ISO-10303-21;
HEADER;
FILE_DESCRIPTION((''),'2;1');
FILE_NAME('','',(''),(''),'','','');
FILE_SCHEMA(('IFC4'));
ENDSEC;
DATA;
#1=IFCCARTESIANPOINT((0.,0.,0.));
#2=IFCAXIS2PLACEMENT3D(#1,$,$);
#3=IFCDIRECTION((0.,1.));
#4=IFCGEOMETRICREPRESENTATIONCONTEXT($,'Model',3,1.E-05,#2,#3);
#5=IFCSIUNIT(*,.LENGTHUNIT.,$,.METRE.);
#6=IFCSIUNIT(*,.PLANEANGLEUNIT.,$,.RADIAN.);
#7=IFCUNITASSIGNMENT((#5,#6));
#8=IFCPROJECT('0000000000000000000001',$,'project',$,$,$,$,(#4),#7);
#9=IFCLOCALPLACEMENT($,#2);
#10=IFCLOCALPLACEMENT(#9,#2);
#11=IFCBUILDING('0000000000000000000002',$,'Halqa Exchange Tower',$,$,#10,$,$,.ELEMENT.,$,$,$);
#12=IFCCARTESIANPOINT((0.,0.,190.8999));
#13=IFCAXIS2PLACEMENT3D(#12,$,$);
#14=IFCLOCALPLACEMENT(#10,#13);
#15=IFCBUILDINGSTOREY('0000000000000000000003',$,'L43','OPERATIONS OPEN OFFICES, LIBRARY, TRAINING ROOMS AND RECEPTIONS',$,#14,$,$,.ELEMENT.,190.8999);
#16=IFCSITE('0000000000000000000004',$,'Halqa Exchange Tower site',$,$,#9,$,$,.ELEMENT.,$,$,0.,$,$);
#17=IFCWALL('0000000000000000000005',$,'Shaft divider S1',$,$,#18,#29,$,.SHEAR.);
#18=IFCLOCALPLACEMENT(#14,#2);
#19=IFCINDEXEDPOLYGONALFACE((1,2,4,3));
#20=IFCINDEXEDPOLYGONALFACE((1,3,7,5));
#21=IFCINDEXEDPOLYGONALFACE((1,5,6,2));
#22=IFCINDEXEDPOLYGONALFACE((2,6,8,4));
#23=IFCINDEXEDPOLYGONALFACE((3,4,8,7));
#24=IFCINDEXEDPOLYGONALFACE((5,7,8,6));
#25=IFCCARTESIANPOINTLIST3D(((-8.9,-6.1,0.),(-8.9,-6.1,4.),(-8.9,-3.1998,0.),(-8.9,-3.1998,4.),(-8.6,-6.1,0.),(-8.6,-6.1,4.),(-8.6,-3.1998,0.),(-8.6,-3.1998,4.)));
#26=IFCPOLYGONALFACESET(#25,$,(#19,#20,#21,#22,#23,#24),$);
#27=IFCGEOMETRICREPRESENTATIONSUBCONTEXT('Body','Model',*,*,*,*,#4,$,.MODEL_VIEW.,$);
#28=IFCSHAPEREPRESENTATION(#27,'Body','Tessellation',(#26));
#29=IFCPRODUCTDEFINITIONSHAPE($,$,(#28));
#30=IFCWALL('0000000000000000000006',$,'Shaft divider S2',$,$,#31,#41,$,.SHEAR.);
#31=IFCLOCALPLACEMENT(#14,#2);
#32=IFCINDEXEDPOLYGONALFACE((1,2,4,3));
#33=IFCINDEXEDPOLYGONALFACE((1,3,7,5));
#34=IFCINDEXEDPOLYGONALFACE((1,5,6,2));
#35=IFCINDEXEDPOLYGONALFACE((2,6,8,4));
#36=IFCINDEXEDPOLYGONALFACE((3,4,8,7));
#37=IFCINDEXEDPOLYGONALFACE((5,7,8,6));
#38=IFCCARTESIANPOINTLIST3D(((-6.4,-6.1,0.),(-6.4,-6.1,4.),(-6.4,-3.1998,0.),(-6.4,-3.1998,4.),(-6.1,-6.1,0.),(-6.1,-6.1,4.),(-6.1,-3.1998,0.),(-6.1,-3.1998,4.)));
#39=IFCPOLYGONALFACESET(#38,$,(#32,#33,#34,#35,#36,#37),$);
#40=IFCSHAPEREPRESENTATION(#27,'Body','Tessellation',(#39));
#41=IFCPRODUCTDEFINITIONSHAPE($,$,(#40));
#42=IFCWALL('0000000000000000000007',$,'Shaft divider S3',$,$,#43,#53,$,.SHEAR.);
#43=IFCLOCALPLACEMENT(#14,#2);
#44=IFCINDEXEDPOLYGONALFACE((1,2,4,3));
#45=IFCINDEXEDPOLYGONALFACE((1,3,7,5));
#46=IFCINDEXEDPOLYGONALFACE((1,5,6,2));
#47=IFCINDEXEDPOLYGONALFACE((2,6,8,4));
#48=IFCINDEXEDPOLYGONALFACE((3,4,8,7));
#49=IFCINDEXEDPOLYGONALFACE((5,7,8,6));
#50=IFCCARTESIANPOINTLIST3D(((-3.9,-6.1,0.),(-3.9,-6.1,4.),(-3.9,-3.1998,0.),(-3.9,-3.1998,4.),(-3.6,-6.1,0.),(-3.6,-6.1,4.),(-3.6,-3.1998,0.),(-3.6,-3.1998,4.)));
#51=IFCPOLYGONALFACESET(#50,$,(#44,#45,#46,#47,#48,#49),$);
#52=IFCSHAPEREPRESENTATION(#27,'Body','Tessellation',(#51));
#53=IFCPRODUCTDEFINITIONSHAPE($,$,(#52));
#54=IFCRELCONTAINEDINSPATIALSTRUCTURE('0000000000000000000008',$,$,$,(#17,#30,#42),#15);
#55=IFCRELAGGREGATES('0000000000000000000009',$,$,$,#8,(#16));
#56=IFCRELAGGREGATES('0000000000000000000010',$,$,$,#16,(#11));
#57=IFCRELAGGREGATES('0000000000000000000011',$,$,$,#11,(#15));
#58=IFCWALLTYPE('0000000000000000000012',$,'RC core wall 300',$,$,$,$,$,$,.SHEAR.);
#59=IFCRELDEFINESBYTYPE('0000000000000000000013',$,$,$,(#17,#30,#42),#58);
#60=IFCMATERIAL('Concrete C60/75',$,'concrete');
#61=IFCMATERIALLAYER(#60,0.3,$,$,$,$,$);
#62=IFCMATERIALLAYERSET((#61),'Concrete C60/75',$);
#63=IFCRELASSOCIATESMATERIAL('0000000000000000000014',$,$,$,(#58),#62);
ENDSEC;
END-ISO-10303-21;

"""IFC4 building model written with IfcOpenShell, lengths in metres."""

from ifc_helpers import new_model, si_unit, direction, frame, frame_2d, origin, place, context, subcontext, project, spatial, rectangle, extrude, material, layer, layer_set, type_object, element, save


model = new_model("IFC4")

# Units and contexts
model_context = context("Model", 3, precision=1e-05, world=origin(), true_north=direction((0.0, 1.0)))
body_context = subcontext(model_context, "Body", "Model", "MODEL_VIEW")
ifc_project = project(units=[si_unit("LENGTHUNIT", "METRE"), si_unit("PLANEANGLEUNIT", "RADIAN")], contexts=[model_context])

# Site, building, storey
site_placement = place(None, origin())
site = spatial("IfcSite", under=ifc_project, at=site_placement, Name="Halqa Exchange Tower site", CompositionType="ELEMENT", RefElevation=0.0)
building_placement = place(site_placement, origin())
building = spatial("IfcBuilding", under=site, at=building_placement, Name="Halqa Exchange Tower", CompositionType="ELEMENT")
storey_placement = place(building_placement, frame((0.0, 0.0, 190.8999)))
storey = spatial("IfcBuildingStorey", under=building, at=storey_placement, Name="L43", Description="OPERATIONS OPEN OFFICES, LIBRARY, TRAINING ROOMS AND RECEPTIONS", CompositionType="ELEMENT", Elevation=190.8999)

# Walls
ifc_material_1 = material(Name="Concrete C60/75", Category="concrete")
ifc_layer_1 = layer(ifc_material_1, 0.3)
ifc_layer_set_1 = layer_set([ifc_layer_1], Name="Concrete C60/75")
wall_type_1 = type_object("IfcWallType", Name="RC core wall 300", PredefinedType="SHEAR", material=ifc_layer_set_1)
for number, where, z_axis, x_axis, name in (
    (1, (-8.75, -6.1001, 0.0), (0.0, 0.0, 1.0), (0.0, 1.0, 0.0), "Shaft divider S1"),
    (2, (-6.25, -6.1001, 0.0), (0.0, 0.0, 1.0), (0.0, 1.0, 0.0), "Shaft divider S2"),
    (3, (-3.75, -6.1001, 0.0), (0.0, 0.0, 1.0), (0.0, 1.0, 0.0), "Shaft divider S3"),
):
    element("IfcWall", number, at=place(storey_placement, frame(where, z_axis=z_axis, x_axis=x_axis)), inside=storey, type_object=wall_type_1, Name=name, PredefinedType="SHEAR", context=body_context, shape_type="SweptSolid", body=[
        extrude(rectangle(XDim=2.9001, YDim=0.3, at=frame_2d((1.4502, 0.0))), origin(), (0.0, 0.0, 1.0), 4.0),
    ])

save(model, "model.ifc")
